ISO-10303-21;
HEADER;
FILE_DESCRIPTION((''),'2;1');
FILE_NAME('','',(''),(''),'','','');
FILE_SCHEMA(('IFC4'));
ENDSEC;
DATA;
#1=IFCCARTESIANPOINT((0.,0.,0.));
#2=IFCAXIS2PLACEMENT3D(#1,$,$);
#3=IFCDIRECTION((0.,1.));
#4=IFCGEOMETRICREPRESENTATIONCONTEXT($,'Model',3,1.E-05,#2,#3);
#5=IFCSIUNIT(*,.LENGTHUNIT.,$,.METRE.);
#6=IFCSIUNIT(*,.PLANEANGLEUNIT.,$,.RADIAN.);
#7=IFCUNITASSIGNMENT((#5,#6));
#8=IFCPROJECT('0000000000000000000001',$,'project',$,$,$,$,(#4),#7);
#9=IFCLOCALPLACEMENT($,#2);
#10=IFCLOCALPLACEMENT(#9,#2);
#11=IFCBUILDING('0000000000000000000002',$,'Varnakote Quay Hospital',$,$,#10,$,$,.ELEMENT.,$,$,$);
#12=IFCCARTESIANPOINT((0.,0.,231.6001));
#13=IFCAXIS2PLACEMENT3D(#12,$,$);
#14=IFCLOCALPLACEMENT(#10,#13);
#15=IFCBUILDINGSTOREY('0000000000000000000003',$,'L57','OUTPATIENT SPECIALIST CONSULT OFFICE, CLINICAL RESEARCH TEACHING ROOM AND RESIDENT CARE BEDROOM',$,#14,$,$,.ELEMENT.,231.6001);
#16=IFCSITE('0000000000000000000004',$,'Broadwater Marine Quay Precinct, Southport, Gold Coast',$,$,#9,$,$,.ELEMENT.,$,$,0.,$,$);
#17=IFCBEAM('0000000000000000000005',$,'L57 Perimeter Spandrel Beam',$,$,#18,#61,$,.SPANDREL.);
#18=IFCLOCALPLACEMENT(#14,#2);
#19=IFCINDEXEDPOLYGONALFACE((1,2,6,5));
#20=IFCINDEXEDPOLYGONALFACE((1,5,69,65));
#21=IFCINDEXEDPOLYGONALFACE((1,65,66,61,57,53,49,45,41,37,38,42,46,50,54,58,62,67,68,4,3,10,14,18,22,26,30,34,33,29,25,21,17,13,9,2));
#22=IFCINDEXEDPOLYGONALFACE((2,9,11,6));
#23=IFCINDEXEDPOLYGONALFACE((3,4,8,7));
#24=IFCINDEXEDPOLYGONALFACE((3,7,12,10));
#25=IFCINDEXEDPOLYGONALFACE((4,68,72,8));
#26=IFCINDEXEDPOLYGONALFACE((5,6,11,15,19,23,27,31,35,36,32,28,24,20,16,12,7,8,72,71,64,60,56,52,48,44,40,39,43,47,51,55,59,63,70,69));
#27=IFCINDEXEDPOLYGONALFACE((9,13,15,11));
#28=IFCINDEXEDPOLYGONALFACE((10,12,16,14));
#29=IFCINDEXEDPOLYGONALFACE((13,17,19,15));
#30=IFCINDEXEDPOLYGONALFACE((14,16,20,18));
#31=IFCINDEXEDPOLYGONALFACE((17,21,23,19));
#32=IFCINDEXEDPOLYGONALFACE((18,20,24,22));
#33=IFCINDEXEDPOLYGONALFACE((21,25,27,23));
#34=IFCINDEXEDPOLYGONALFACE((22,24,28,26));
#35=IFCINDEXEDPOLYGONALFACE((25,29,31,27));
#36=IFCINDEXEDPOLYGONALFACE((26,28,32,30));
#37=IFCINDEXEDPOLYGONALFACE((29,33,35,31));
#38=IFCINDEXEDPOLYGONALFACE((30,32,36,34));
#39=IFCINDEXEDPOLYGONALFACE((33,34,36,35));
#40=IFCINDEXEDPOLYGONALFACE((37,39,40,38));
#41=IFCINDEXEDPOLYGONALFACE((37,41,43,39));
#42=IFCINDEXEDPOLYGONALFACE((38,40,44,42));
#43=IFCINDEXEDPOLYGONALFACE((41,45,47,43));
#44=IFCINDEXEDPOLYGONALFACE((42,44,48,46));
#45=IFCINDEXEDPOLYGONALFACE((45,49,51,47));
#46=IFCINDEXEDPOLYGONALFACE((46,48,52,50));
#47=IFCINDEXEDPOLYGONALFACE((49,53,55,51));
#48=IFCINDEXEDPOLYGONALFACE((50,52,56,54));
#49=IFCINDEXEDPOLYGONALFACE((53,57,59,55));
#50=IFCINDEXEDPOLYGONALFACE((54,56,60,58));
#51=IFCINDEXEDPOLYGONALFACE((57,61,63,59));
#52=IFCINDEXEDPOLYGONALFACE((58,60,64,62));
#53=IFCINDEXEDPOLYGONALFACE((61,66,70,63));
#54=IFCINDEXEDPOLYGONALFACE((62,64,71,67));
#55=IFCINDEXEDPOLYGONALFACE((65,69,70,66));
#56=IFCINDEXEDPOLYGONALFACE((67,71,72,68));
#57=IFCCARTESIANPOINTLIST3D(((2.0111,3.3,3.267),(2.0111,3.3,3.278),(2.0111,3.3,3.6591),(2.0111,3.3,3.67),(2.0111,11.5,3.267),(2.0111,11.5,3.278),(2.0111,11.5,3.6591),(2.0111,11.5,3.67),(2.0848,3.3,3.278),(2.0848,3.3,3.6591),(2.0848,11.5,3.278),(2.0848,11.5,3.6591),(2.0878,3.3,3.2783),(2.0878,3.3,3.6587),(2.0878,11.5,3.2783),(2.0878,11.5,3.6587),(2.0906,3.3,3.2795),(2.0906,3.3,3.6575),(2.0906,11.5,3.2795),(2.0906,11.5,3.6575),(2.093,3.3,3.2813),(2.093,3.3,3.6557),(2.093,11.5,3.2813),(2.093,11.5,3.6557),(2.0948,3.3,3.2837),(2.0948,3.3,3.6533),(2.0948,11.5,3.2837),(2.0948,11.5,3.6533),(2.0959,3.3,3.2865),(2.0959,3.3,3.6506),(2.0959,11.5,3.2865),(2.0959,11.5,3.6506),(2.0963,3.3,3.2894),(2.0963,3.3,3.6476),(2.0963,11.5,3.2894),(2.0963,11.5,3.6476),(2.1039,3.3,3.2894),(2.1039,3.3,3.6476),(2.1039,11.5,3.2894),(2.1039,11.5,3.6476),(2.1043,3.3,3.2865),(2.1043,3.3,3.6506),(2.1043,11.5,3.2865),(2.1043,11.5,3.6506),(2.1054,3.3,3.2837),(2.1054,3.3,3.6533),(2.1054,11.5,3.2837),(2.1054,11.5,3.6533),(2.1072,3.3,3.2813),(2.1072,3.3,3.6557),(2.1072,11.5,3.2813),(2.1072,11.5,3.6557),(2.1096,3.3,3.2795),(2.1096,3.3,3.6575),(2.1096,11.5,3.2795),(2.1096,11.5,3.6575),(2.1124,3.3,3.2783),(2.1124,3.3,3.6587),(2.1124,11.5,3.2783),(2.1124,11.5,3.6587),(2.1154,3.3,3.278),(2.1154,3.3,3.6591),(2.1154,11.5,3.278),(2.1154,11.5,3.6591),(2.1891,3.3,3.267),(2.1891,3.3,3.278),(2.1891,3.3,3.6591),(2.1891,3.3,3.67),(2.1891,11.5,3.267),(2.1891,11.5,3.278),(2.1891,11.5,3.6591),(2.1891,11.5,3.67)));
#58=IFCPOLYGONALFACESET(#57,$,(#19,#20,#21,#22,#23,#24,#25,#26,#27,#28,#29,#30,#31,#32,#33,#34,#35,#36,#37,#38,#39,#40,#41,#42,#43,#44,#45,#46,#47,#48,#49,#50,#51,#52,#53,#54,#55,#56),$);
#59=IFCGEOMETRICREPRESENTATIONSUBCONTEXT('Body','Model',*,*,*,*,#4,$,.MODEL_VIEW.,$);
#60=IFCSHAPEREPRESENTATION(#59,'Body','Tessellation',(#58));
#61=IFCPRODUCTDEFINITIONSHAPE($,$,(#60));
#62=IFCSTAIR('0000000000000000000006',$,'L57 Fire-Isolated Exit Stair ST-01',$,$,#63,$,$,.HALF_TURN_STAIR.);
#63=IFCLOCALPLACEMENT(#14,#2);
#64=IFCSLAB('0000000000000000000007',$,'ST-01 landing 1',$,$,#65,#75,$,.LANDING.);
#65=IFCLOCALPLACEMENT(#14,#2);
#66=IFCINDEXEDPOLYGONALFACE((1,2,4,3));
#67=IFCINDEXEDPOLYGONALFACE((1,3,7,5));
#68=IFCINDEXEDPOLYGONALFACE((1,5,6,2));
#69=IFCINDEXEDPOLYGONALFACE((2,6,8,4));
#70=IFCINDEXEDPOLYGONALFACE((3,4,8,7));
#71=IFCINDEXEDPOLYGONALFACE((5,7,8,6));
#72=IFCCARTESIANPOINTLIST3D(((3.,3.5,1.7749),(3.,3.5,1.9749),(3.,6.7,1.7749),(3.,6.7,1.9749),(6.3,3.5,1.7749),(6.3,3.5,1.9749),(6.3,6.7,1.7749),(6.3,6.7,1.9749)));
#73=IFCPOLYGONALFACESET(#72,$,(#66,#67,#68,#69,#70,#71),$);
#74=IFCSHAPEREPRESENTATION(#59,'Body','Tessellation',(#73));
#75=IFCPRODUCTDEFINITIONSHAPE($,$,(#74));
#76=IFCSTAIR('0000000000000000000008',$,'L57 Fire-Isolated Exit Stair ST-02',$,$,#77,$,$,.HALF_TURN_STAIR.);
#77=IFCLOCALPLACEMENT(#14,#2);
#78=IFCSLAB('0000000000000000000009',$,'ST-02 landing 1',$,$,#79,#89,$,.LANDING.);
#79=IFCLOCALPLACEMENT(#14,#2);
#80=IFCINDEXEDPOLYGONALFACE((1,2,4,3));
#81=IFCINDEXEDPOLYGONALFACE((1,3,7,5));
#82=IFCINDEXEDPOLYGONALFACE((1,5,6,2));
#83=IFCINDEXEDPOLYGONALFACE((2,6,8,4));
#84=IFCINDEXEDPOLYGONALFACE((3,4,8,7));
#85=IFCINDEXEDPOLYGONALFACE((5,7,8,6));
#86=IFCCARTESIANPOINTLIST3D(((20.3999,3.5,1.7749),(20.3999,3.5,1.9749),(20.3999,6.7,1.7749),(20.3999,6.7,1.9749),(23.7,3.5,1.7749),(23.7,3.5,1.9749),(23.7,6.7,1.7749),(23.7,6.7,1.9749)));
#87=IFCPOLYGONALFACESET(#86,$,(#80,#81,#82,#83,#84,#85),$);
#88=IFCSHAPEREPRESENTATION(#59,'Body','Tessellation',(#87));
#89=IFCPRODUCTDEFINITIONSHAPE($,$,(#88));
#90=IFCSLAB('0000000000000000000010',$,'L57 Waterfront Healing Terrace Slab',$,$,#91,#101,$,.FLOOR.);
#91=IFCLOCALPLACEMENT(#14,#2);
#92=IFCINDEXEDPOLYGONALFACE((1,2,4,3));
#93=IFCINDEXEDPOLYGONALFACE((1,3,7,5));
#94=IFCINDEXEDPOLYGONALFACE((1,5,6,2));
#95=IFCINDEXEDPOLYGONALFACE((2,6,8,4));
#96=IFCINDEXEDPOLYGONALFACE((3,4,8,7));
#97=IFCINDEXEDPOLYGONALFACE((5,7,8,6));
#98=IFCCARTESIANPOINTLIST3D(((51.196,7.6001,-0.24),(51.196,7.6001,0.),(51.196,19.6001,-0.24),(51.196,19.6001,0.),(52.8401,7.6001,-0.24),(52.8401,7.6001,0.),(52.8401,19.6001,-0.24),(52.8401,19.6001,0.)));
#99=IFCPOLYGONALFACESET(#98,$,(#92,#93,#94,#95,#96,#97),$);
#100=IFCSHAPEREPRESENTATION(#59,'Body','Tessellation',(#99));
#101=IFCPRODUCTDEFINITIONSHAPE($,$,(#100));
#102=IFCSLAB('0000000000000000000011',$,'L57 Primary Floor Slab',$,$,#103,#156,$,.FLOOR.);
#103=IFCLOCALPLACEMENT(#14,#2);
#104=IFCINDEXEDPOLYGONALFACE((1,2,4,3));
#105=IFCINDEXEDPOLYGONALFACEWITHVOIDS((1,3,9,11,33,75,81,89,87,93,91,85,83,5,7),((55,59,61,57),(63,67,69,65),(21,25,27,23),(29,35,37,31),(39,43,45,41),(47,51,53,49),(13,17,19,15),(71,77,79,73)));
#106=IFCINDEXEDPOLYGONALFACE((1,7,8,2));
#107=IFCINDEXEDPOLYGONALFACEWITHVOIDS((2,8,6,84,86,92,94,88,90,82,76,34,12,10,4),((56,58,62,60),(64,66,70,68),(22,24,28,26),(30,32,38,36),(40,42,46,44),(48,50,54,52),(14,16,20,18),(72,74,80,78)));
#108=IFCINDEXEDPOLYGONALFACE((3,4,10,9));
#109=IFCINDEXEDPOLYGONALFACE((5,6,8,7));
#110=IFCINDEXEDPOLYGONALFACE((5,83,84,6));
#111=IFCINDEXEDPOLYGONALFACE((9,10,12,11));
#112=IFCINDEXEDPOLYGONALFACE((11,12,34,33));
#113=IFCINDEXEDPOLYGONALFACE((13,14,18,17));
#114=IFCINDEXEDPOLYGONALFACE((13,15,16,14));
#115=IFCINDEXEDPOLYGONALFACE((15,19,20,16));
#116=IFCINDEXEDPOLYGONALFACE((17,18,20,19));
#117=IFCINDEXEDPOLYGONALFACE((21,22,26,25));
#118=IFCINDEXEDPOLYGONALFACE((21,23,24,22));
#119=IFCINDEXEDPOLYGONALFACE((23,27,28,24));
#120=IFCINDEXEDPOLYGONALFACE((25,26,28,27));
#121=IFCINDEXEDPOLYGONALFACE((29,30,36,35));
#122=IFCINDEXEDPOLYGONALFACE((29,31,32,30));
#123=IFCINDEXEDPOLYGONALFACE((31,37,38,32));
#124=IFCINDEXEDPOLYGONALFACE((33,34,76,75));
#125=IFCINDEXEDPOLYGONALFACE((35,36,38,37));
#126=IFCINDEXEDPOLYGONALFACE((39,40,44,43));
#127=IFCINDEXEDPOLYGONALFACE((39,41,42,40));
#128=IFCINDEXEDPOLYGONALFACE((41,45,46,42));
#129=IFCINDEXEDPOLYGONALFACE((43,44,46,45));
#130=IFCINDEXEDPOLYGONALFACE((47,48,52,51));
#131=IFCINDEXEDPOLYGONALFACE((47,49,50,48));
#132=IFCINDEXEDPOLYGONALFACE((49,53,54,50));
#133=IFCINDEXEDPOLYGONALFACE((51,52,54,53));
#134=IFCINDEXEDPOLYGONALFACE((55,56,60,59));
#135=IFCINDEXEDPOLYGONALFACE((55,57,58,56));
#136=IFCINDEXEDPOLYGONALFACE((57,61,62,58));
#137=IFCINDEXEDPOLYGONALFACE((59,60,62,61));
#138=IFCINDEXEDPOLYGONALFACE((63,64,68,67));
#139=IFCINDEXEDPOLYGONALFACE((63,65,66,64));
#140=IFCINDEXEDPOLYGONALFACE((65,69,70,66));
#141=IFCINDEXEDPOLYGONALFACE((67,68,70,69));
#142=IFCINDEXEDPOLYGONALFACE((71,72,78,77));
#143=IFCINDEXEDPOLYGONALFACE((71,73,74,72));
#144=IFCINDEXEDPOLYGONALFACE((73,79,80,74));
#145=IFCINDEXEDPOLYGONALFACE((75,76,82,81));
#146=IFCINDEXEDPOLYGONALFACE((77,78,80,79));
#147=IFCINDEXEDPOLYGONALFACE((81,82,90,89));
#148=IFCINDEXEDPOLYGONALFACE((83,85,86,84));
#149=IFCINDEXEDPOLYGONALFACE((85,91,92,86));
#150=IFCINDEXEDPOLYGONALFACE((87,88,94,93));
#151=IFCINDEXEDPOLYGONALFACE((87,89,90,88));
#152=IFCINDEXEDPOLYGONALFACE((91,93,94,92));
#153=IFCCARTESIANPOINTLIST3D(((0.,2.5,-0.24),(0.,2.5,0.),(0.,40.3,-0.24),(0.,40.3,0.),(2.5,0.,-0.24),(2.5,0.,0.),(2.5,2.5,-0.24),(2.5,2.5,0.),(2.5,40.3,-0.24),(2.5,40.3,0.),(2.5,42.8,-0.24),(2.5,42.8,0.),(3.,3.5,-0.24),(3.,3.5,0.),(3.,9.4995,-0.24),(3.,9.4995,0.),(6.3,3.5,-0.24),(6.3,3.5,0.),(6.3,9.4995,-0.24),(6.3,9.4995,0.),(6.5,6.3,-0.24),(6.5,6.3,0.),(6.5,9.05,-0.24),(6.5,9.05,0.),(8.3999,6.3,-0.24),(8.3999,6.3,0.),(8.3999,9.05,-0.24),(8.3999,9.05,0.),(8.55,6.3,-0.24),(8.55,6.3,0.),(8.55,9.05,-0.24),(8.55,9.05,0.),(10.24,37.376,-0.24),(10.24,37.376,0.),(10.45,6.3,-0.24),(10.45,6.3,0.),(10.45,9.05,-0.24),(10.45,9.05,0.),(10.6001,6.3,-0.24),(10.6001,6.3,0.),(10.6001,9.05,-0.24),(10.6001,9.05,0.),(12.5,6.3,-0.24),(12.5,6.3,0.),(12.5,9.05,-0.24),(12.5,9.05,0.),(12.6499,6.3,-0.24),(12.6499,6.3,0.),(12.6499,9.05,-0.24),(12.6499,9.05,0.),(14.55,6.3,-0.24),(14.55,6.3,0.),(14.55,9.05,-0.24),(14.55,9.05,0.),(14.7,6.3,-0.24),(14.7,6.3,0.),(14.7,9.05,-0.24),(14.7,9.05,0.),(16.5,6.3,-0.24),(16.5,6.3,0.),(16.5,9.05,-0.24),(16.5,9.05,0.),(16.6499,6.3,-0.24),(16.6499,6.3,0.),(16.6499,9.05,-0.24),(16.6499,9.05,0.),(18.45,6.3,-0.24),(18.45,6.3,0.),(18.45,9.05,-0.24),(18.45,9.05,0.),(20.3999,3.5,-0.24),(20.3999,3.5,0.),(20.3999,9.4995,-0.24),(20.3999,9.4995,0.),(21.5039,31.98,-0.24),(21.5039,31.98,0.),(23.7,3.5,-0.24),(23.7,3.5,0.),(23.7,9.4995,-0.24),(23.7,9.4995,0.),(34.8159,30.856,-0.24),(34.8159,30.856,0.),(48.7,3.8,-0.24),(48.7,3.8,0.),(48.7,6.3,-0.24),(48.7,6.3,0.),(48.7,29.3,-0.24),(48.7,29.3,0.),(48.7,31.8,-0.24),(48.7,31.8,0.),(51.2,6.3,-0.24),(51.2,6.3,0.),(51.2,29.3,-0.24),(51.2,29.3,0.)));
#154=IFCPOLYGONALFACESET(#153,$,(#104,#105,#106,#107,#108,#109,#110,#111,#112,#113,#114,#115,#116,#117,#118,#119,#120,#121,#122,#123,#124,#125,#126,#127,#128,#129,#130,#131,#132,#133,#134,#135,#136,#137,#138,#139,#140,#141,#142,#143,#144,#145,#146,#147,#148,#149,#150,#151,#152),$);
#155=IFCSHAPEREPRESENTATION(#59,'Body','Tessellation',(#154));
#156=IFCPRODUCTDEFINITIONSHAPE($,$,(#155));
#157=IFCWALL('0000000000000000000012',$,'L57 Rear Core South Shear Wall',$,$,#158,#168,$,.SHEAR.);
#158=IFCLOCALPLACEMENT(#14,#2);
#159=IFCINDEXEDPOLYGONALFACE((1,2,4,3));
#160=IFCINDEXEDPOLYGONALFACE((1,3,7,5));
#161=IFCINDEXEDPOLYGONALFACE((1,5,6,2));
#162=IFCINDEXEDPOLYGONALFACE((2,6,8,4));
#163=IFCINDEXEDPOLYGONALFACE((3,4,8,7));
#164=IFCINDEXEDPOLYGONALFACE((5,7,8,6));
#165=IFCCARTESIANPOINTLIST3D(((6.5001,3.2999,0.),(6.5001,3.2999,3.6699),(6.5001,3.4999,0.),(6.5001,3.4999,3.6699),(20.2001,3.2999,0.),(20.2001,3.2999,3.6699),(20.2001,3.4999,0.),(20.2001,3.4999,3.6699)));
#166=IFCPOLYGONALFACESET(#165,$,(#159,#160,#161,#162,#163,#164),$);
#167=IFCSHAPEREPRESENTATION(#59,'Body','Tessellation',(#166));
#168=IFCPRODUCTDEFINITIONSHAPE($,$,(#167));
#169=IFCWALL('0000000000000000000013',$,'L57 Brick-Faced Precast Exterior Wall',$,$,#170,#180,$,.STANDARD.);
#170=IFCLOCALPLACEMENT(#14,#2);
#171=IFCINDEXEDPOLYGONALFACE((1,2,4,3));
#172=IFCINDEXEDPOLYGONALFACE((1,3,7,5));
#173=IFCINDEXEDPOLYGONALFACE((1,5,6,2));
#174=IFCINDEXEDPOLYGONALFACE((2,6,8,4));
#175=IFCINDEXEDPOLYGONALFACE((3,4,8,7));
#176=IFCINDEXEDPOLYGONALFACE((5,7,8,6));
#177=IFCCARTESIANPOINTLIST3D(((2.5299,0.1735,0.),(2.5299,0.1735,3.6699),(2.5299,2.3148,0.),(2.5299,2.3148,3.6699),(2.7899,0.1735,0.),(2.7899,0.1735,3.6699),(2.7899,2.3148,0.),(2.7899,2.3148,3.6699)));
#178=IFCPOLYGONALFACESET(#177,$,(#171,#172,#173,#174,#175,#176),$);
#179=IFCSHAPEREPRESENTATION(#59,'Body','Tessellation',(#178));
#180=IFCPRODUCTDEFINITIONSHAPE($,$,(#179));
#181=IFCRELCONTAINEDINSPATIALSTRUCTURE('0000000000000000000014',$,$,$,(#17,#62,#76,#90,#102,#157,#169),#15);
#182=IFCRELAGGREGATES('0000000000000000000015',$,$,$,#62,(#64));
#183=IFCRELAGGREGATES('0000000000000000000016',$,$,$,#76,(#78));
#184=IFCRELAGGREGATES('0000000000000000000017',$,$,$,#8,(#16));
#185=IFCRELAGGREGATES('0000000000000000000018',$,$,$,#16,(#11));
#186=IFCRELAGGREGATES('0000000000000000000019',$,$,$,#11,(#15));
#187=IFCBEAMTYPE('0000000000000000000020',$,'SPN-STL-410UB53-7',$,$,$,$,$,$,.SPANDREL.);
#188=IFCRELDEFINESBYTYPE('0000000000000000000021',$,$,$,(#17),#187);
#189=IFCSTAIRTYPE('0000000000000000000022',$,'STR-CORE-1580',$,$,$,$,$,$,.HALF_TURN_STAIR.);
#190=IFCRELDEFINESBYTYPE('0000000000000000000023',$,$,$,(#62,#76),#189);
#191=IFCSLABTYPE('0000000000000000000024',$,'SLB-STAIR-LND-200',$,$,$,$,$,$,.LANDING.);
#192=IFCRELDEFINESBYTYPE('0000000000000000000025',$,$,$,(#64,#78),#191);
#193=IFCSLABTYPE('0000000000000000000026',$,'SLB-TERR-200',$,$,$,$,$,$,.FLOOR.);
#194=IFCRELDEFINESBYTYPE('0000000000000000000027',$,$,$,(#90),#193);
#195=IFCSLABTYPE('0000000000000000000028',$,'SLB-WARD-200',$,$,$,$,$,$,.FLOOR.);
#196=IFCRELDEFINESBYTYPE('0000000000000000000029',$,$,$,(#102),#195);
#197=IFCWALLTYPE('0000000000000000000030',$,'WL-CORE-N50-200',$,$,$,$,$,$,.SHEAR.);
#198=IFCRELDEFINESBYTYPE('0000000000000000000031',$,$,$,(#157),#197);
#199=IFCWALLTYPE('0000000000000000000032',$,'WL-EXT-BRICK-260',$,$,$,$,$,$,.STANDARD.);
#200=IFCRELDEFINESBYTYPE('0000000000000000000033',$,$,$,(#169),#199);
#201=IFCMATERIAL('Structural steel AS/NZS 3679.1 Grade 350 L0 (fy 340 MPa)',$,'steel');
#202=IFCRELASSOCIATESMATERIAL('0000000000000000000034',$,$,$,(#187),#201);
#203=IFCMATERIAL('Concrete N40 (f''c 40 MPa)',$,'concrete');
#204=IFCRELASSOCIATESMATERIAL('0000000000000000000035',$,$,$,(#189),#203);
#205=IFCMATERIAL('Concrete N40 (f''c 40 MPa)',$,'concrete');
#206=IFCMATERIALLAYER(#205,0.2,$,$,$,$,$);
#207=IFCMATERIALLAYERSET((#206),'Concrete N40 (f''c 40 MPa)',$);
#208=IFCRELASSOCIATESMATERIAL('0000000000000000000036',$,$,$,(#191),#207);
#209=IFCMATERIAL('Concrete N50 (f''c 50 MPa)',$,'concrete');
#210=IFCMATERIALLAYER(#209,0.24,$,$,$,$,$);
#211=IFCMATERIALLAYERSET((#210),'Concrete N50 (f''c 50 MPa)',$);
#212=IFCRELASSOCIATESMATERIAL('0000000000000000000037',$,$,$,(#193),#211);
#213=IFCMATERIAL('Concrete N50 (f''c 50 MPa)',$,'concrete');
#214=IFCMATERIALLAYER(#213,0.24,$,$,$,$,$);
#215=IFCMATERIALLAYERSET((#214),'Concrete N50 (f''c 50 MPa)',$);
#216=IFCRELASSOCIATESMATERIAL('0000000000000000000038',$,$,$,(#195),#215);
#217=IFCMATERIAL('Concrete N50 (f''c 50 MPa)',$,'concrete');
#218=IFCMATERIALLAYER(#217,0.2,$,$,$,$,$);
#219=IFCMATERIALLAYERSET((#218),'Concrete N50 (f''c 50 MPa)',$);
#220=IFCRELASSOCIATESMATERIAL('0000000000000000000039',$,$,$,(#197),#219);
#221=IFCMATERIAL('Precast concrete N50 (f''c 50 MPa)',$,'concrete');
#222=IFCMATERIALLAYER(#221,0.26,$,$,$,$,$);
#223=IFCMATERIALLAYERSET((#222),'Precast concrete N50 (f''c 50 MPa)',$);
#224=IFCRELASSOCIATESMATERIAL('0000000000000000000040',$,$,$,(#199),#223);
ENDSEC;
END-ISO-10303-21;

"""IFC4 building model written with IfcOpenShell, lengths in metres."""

from ifc_helpers import new_model, si_unit, direction, frame, frame_2d, origin, origin_2d, place, context, subcontext, project, spatial, polyline, rectangle, i_section, outline, extrude, material, layer, layer_set, material_profile, profile_set, type_object, element, aggregate, save


model = new_model("IFC4")

# Units and contexts
model_context = context("Model", 3, precision=1e-05, world=origin(), true_north=direction((0.0, 1.0)))
body_context = subcontext(model_context, "Body", "Model", "MODEL_VIEW")
ifc_project = project(units=[si_unit("LENGTHUNIT", "METRE"), si_unit("PLANEANGLEUNIT", "RADIAN")], contexts=[model_context])

# Site, building, storey
site_placement = place(None, origin())
site = spatial("IfcSite", under=ifc_project, at=site_placement, Name="Broadwater Marine Quay Precinct, Southport, Gold Coast", CompositionType="ELEMENT", RefElevation=0.0)
building_placement = place(site_placement, origin())
building = spatial("IfcBuilding", under=site, at=building_placement, Name="Varnakote Quay Hospital", CompositionType="ELEMENT")
storey_placement = place(building_placement, frame((0.0, 0.0, 231.6001)))
storey = spatial("IfcBuildingStorey", under=building, at=storey_placement, Name="L57", Description="OUTPATIENT SPECIALIST CONSULT OFFICE, CLINICAL RESEARCH TEACHING ROOM AND RESIDENT CARE BEDROOM", CompositionType="ELEMENT", Elevation=231.6001)

# Beam
ifc_material_1 = material(Name="Structural steel AS/NZS 3679.1 Grade 350 L0 (fy 340 MPa)", Category="steel")
ifc_material_profile_1 = material_profile(ifc_material_1, i_section(OverallWidth=0.178, OverallDepth=0.4031, WebThickness=0.0076, FlangeThickness=0.011, FilletRadius=0.0115, at=origin_2d()), Name="410UB53.7")
ifc_profile_set_1 = profile_set([ifc_material_profile_1], Name="Structural steel AS/NZS 3679.1 Grade 350 L0 (fy 340 MPa)")
beam_type_1 = type_object("IfcBeamType", Name="SPN-STL-410UB53-7", PredefinedType="SPANDREL", material=ifc_profile_set_1)
beam_1_placement = place(storey_placement, frame((2.1001, 3.3, 3.4685), z_axis=(0.0, 1.0, 0.0), x_axis=(-1.0, 0.0, 0.0)))
element("IfcBeam", 1, at=beam_1_placement, inside=storey, type_object=beam_type_1, Name="L57 Perimeter Spandrel Beam", PredefinedType="SPANDREL", context=body_context, shape_type="SweptSolid", body=[
    extrude(i_section(OverallWidth=0.178, OverallDepth=0.4031, WebThickness=0.0076, FlangeThickness=0.011, FilletRadius=0.0115, at=origin_2d()), origin(), (0.0, 0.0, 1.0), 8.2),
])

# Stairs, slabs
ifc_material_2 = material(Name="Concrete N40 (f'c 40 MPa)", Category="concrete")
stair_type = type_object("IfcStairType", Name="STR-CORE-1580", PredefinedType="HALF_TURN_STAIR", material=ifc_material_2)
stair_1_placement = place(storey_placement, origin())
stair_1 = element("IfcStair", 2, at=stair_1_placement, inside=storey, type_object=stair_type, Name="L57 Fire-Isolated Exit Stair ST-01", PredefinedType="HALF_TURN_STAIR")
ifc_material_3 = material(Name="Concrete N40 (f'c 40 MPa)", Category="concrete")
ifc_layer_1 = layer(ifc_material_3, 0.2)
ifc_layer_set_1 = layer_set([ifc_layer_1], Name="Concrete N40 (f'c 40 MPa)")
slab_type_1 = type_object("IfcSlabType", Name="SLB-STAIR-LND-200", PredefinedType="LANDING", material=ifc_layer_set_1)
slab_1_placement = place(storey_placement, frame((0.0, 0.0, 1.7749)))
slab_1 = element("IfcSlab", 3, at=slab_1_placement, type_object=slab_type_1, Name="ST-01 landing 1", PredefinedType="LANDING", context=body_context, shape_type="SweptSolid", body=[
    extrude(outline(polyline([(3.0, 6.7), (3.0, 3.5), (6.3, 3.5), (6.3, 6.7), (3.0, 6.7)])), origin(), (0.0, 0.0, 1.0), 0.2),
])
aggregate(stair_1, [slab_1])
stair_2_placement = place(storey_placement, origin())
stair_2 = element("IfcStair", 4, at=stair_2_placement, inside=storey, type_object=stair_type, Name="L57 Fire-Isolated Exit Stair ST-02", PredefinedType="HALF_TURN_STAIR")
slab_2_placement = place(storey_placement, frame((0.0, 0.0, 1.7749)))
slab_2 = element("IfcSlab", 5, at=slab_2_placement, type_object=slab_type_1, Name="ST-02 landing 1", PredefinedType="LANDING", context=body_context, shape_type="SweptSolid", body=[
    extrude(outline(polyline([(20.3999, 6.7), (20.3999, 3.5), (23.7, 3.5), (23.7, 6.7), (20.3999, 6.7)])), origin(), (0.0, 0.0, 1.0), 0.2),
])
aggregate(stair_2, [slab_2])

# Slabs
ifc_material_4 = material(Name="Concrete N50 (f'c 50 MPa)", Category="concrete")
ifc_layer_2 = layer(ifc_material_4, 0.24)
ifc_layer_set_2 = layer_set([ifc_layer_2], Name="Concrete N50 (f'c 50 MPa)")
slab_type_2 = type_object("IfcSlabType", Name="SLB-TERR-200", PredefinedType="FLOOR", material=ifc_layer_set_2)
slab_3_placement = place(storey_placement, frame((0.0, 0.0, -0.24)))
element("IfcSlab", 6, at=slab_3_placement, inside=storey, type_object=slab_type_2, Name="L57 Waterfront Healing Terrace Slab", PredefinedType="FLOOR", context=body_context, shape_type="SweptSolid", body=[
    extrude(outline(polyline([(51.196, 19.6001), (51.196, 7.6001), (52.8401, 7.6001), (52.8401, 19.6001), (51.196, 19.6001)])), origin(), (0.0, 0.0, 1.0), 0.24),
])
ifc_material_5 = material(Name="Concrete N50 (f'c 50 MPa)", Category="concrete")
ifc_layer_3 = layer(ifc_material_5, 0.24)
ifc_layer_set_3 = layer_set([ifc_layer_3], Name="Concrete N50 (f'c 50 MPa)")
slab_type_3 = type_object("IfcSlabType", Name="SLB-WARD-200", PredefinedType="FLOOR", material=ifc_layer_set_3)
slab_4_placement = place(storey_placement, frame((0.0, 0.0, -0.24)))
element("IfcSlab", 7, at=slab_4_placement, inside=storey, type_object=slab_type_3, Name="L57 Primary Floor Slab", PredefinedType="FLOOR", context=body_context, shape_type="SweptSolid", body=[
    extrude(outline(polyline([(0.0, 2.5), (2.5, 2.5), (2.5, 0.0), (48.7, 3.8), (48.7, 6.3), (51.2, 6.3), (51.2, 29.3), (48.7, 29.3), (48.7, 31.8), (34.8159, 30.856), (21.5039, 31.98), (10.24, 37.376), (2.5, 42.8), (2.5, 40.3), (0.0, 40.3), (0.0, 2.5)]), holes=[polyline([(3.0, 3.5), (6.3, 3.5), (6.3, 9.4995), (3.0, 9.4995), (3.0, 3.5)]), polyline([(20.3999, 3.5), (23.7, 3.5), (23.7, 9.4995), (20.3999, 9.4995), (20.3999, 3.5)]), polyline([(6.5, 6.3), (8.3999, 6.3), (8.3999, 9.05), (6.5, 9.05), (6.5, 6.3)]), polyline([(8.55, 6.3), (10.45, 6.3), (10.45, 9.05), (8.55, 9.05), (8.55, 6.3)]), polyline([(10.6001, 6.3), (12.5, 6.3), (12.5, 9.05), (10.6001, 9.05), (10.6001, 6.3)]), polyline([(12.6499, 6.3), (14.55, 6.3), (14.55, 9.05), (12.6499, 9.05), (12.6499, 6.3)]), polyline([(14.7, 6.3), (16.5, 6.3), (16.5, 9.05), (14.7, 9.05), (14.7, 6.3)]), polyline([(16.6499, 6.3), (18.45, 6.3), (18.45, 9.05), (16.6499, 9.05), (16.6499, 6.3)])]), origin(), (0.0, 0.0, 1.0), 0.24),
])

# Walls
ifc_material_6 = material(Name="Concrete N50 (f'c 50 MPa)", Category="concrete")
ifc_layer_4 = layer(ifc_material_6, 0.2)
ifc_layer_set_4 = layer_set([ifc_layer_4], Name="Concrete N50 (f'c 50 MPa)")
wall_type_1 = type_object("IfcWallType", Name="WL-CORE-N50-200", PredefinedType="SHEAR", material=ifc_layer_set_4)
wall_1_placement = place(storey_placement, frame((6.5, 3.3999, 0.0), z_axis=(0.0, 0.0, 1.0), x_axis=(1.0, 0.0, 0.0)))
element("IfcWall", 8, at=wall_1_placement, inside=storey, type_object=wall_type_1, Name="L57 Rear Core South Shear Wall", PredefinedType="SHEAR", context=body_context, shape_type="SweptSolid", body=[
    extrude(rectangle(XDim=13.7, YDim=0.2, at=frame_2d((6.8501, 0.0))), origin(), (0.0, 0.0, 1.0), 3.6699),
])
ifc_material_7 = material(Name="Precast concrete N50 (f'c 50 MPa)", Category="concrete")
ifc_layer_5 = layer(ifc_material_7, 0.26)
ifc_layer_set_5 = layer_set([ifc_layer_5], Name="Precast concrete N50 (f'c 50 MPa)")
wall_type_2 = type_object("IfcWallType", Name="WL-EXT-BRICK-260", PredefinedType="STANDARD", material=ifc_layer_set_5)
wall_2_placement = place(storey_placement, frame((2.6599, 2.3149, 0.0), z_axis=(0.0, 0.0, 1.0), x_axis=(0.0, -1.0, 0.0)))
element("IfcWall", 9, at=wall_2_placement, inside=storey, type_object=wall_type_2, Name="L57 Brick-Faced Precast Exterior Wall", PredefinedType="STANDARD", context=body_context, shape_type="SweptSolid", body=[
    extrude(rectangle(XDim=2.1414, YDim=0.26, at=frame_2d((1.0708, 0.0))), origin(), (0.0, 0.0, 1.0), 3.6699),
])

save(model, "model.ifc")
